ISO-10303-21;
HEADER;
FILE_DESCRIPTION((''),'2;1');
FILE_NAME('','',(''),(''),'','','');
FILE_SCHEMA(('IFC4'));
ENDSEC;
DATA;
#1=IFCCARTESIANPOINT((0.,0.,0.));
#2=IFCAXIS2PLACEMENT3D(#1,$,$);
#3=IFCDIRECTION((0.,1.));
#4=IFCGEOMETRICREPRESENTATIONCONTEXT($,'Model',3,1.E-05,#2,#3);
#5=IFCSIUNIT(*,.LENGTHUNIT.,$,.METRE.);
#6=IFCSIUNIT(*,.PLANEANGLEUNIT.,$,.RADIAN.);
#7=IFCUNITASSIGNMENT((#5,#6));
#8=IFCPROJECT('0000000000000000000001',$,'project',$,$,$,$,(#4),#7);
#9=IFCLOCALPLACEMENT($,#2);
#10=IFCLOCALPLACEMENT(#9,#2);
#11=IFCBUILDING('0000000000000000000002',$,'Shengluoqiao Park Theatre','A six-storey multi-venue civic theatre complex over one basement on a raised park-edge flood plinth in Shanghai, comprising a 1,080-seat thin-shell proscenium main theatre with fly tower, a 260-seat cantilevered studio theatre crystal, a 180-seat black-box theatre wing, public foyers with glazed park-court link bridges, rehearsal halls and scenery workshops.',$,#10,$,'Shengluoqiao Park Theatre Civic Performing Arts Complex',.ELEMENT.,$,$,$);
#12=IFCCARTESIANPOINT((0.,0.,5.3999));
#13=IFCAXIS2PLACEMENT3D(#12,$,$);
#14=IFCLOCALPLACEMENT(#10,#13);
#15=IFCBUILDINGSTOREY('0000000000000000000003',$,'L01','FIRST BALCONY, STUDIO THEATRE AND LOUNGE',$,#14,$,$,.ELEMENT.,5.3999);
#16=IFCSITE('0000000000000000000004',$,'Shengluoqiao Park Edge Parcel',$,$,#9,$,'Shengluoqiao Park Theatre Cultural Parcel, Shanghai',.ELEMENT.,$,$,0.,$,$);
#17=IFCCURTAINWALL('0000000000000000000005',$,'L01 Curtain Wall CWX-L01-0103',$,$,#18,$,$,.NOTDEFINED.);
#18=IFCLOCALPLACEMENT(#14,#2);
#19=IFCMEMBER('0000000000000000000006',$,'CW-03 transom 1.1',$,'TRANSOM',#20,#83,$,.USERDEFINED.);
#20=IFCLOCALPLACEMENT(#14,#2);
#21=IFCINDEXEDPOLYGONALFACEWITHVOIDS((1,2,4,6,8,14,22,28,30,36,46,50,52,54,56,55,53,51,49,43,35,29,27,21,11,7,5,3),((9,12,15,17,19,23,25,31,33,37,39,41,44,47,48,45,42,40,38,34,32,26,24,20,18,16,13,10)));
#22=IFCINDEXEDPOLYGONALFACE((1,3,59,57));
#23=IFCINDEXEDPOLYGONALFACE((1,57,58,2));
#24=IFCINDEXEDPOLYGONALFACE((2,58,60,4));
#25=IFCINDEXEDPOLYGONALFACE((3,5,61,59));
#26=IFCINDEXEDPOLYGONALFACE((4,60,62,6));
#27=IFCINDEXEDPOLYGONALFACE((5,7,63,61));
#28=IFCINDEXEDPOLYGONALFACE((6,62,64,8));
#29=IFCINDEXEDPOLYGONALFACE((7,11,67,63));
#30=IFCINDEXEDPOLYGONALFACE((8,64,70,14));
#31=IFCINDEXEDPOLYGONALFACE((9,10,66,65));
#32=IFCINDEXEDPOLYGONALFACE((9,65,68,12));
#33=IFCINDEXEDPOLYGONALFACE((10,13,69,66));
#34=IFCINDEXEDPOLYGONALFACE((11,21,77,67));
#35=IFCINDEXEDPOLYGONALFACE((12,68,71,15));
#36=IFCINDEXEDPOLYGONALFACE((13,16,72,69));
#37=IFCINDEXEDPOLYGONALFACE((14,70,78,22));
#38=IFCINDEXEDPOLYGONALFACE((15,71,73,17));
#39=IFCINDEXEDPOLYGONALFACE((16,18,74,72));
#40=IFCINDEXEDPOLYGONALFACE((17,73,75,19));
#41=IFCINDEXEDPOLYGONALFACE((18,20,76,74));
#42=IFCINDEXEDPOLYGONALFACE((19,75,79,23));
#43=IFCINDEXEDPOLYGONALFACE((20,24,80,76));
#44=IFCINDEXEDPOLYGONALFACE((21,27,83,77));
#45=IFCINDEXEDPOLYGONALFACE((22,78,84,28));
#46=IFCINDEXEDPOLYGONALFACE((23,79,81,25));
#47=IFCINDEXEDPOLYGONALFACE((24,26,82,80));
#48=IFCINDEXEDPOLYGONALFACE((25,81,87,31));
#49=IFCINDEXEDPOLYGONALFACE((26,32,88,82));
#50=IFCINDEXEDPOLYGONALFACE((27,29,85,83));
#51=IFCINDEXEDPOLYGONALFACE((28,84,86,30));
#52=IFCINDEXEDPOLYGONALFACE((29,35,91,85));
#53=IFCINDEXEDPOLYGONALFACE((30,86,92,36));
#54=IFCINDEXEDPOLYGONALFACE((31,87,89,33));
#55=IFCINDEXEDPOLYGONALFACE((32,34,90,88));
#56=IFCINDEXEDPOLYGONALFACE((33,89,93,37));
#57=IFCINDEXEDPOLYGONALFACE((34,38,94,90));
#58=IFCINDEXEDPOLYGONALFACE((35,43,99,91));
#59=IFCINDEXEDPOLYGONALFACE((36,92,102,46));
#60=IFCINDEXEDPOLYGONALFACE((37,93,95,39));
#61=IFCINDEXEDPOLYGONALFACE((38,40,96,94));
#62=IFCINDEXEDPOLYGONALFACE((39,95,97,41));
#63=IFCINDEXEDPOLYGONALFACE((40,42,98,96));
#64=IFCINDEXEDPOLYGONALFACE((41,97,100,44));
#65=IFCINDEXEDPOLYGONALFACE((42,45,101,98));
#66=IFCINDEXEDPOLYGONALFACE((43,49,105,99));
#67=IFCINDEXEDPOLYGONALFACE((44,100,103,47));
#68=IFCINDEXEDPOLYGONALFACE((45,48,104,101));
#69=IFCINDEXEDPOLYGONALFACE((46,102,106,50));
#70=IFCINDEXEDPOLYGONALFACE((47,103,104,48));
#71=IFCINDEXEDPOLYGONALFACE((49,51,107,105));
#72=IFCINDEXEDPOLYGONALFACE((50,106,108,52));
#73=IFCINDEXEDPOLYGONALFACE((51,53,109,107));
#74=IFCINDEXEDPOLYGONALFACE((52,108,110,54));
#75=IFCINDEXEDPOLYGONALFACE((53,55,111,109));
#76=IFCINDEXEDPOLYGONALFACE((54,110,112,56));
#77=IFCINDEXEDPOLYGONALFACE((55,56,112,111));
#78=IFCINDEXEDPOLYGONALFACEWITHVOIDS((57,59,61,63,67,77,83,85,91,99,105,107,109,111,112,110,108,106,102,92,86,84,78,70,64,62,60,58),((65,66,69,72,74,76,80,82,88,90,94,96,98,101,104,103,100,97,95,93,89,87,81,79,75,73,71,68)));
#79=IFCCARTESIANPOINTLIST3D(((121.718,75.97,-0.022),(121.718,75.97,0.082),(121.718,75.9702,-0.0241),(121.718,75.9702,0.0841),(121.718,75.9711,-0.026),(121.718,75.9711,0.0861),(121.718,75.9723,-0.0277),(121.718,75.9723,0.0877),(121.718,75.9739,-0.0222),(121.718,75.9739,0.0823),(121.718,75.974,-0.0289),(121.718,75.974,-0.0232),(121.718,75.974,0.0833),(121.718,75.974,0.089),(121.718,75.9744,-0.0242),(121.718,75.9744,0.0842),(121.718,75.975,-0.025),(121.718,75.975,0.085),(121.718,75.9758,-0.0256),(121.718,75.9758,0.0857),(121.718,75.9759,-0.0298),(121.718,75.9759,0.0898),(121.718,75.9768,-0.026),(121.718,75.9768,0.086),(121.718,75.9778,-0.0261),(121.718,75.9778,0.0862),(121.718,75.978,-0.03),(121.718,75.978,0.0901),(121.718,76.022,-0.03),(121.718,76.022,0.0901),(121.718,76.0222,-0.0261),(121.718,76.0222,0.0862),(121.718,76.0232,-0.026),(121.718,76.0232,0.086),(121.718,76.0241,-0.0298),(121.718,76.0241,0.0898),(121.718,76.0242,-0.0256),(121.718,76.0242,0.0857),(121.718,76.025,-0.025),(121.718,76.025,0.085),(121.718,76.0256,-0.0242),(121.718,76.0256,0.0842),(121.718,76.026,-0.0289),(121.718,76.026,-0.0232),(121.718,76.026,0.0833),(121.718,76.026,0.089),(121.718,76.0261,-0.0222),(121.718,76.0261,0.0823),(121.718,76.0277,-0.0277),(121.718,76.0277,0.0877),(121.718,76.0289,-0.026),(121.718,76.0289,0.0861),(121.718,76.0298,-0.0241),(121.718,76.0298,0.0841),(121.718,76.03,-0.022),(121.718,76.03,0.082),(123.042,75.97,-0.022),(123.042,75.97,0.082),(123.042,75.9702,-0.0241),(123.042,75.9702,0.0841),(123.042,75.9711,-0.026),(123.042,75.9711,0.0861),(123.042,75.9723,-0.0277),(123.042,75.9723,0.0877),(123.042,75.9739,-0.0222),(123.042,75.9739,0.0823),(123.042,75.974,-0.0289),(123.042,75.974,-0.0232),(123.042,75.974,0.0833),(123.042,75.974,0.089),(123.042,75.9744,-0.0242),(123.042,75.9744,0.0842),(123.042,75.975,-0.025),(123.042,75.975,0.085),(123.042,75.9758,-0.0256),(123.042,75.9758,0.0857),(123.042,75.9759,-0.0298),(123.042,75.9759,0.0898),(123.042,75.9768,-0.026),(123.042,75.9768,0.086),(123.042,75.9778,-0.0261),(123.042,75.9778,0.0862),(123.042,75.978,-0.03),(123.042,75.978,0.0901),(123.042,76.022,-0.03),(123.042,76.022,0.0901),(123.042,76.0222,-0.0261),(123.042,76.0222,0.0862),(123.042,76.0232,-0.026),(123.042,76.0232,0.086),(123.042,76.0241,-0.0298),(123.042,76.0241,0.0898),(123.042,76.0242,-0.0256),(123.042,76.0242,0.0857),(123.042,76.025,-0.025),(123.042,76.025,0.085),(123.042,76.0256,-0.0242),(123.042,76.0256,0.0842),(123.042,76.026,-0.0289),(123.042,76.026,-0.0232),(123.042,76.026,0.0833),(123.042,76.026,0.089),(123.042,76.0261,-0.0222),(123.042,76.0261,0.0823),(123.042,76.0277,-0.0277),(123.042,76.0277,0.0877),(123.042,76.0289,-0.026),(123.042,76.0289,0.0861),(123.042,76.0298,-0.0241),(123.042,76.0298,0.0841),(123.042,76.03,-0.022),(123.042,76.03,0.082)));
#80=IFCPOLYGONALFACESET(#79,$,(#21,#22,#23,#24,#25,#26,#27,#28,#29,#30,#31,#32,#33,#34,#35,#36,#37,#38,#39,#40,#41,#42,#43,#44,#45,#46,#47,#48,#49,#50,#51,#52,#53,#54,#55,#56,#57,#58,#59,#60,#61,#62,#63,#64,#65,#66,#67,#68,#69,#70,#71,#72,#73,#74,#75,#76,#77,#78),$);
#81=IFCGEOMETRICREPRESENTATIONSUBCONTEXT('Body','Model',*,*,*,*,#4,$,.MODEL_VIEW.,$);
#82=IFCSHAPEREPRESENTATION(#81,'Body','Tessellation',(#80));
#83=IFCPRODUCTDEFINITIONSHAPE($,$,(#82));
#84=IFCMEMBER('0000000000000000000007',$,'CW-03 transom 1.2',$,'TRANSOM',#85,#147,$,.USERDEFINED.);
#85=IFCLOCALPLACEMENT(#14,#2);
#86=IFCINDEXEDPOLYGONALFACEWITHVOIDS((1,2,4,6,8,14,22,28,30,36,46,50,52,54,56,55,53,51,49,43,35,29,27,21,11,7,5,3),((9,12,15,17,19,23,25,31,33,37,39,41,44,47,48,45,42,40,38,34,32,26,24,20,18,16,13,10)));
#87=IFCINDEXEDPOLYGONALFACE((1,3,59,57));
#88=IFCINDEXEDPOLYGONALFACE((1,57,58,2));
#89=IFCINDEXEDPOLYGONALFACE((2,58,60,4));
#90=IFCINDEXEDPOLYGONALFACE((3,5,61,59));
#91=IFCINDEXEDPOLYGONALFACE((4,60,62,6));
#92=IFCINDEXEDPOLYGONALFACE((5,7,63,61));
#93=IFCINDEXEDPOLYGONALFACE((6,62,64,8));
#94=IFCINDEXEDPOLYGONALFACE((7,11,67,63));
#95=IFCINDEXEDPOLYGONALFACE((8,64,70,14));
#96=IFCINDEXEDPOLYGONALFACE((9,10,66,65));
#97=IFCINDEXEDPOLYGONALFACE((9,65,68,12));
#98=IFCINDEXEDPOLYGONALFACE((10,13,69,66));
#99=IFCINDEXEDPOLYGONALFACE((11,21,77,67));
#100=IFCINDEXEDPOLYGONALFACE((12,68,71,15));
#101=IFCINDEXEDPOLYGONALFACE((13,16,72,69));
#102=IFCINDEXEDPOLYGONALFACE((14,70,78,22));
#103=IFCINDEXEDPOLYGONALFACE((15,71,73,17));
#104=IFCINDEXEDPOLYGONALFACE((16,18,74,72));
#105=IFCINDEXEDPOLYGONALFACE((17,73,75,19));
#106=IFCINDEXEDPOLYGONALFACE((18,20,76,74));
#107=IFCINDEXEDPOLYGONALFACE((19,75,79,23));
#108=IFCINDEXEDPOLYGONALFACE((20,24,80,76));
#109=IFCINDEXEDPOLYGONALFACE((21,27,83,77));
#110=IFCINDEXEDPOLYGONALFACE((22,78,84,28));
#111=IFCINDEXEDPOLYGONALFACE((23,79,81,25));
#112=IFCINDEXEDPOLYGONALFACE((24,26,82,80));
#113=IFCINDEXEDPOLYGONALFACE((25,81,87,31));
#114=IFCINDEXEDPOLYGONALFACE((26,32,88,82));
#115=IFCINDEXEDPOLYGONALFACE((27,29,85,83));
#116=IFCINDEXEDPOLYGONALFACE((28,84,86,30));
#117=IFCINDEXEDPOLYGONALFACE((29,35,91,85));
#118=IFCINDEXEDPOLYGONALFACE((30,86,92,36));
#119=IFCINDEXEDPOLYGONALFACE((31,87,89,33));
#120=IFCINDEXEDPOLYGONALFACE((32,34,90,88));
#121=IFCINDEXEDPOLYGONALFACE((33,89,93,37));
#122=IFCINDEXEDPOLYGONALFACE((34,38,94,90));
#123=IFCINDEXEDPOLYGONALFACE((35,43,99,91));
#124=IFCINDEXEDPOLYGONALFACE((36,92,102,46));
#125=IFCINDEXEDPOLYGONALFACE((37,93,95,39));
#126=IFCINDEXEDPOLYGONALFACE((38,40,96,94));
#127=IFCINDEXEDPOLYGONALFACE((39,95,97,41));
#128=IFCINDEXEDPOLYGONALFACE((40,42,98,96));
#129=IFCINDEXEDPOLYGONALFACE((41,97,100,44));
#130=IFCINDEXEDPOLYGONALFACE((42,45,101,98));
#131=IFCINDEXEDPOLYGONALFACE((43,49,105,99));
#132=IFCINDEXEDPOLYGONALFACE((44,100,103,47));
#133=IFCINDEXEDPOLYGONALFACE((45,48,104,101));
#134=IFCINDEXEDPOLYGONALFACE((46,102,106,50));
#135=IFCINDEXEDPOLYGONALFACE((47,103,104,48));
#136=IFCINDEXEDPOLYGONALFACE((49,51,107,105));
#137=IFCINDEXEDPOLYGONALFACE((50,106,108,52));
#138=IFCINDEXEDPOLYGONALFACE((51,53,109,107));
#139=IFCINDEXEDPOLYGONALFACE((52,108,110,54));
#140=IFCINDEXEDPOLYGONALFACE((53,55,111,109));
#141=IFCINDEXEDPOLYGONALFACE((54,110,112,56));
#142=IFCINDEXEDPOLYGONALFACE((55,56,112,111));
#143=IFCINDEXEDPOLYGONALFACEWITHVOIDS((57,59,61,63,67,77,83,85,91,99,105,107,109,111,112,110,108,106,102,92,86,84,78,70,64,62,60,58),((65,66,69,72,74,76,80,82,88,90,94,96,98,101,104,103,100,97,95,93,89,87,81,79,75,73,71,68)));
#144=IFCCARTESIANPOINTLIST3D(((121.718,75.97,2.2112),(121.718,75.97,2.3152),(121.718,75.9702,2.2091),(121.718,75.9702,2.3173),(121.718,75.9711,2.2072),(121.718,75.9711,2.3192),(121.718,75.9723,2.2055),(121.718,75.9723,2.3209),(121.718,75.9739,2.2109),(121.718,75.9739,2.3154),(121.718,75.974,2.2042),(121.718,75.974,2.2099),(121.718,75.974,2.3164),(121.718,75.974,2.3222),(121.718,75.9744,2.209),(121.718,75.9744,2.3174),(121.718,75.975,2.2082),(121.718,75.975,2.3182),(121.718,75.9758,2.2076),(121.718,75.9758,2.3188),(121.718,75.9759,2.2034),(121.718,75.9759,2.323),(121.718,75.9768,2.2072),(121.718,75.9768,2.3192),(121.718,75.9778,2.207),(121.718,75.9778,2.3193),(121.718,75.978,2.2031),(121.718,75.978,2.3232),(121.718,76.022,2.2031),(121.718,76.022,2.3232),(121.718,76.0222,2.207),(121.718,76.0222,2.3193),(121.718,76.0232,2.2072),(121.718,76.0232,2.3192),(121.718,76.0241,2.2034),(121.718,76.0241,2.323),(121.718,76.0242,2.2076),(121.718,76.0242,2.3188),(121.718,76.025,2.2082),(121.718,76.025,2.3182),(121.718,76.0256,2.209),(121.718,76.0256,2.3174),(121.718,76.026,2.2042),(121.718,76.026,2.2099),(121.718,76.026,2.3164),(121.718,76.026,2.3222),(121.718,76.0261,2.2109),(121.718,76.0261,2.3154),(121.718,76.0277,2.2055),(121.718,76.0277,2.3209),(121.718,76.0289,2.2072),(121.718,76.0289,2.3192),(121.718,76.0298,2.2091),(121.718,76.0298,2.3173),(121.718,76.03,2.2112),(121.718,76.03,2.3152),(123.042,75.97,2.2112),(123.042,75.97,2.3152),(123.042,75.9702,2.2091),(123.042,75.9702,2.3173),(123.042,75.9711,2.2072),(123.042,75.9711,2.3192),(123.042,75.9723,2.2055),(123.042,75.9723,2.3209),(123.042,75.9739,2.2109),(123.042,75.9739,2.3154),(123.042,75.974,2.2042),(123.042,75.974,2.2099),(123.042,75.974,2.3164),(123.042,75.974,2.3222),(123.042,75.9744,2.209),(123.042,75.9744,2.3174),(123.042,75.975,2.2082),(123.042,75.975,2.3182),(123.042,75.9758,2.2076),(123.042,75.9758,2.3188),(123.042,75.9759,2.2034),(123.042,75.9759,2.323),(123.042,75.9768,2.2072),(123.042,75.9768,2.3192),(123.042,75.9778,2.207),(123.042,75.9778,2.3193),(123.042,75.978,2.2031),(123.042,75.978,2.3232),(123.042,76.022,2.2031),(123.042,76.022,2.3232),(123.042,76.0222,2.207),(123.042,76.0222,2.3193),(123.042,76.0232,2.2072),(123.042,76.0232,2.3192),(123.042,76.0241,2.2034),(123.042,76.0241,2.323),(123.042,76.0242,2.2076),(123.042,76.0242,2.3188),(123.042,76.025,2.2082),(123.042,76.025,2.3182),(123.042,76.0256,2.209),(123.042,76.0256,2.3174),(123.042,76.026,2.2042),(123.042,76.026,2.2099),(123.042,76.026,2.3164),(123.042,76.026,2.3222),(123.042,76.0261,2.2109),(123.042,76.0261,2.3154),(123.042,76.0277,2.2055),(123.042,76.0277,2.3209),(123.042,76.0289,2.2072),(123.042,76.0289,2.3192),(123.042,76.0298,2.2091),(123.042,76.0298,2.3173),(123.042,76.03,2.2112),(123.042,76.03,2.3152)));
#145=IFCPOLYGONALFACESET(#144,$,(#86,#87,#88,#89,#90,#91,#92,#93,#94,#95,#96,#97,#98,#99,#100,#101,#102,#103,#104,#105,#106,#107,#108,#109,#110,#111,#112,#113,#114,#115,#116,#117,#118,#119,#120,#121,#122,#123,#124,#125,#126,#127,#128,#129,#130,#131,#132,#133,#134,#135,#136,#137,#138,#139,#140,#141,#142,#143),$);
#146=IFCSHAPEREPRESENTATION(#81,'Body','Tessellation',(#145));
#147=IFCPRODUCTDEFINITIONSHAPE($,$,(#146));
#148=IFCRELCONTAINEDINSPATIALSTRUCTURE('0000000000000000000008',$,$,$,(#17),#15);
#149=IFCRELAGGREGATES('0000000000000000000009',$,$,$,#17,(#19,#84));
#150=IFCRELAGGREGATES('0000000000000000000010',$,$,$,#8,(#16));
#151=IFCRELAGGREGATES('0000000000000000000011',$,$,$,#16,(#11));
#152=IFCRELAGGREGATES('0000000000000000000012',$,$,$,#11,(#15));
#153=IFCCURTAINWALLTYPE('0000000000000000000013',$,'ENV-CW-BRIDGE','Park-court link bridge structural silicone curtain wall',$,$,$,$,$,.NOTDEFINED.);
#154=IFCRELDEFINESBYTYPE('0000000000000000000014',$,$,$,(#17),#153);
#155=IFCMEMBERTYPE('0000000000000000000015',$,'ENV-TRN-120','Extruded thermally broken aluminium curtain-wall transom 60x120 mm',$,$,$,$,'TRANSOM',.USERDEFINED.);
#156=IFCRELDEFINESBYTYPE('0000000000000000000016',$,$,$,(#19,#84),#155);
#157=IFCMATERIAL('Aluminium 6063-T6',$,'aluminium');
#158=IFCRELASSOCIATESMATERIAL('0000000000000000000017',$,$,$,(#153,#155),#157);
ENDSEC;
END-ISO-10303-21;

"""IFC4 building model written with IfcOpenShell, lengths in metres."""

from ifc_helpers import new_model, si_unit, direction, frame, origin, origin_2d, place, context, subcontext, project, spatial, hollow_rectangle, extrude, material, material_profile, profile_set, type_object, element, aggregate, save


model = new_model("IFC4")

# Units and contexts
model_context = context("Model", 3, precision=1e-05, world=origin(), true_north=direction((0.0, 1.0)))
body_context = subcontext(model_context, "Body", "Model", "MODEL_VIEW")
ifc_project = project(units=[si_unit("LENGTHUNIT", "METRE"), si_unit("PLANEANGLEUNIT", "RADIAN")], contexts=[model_context])

# Site, building, storey
site_placement = place(None, origin())
site = spatial("IfcSite", under=ifc_project, at=site_placement, Name="Shengluoqiao Park Edge Parcel", LongName="Shengluoqiao Park Theatre Cultural Parcel, Shanghai", CompositionType="ELEMENT", RefElevation=0.0)
building_placement = place(site_placement, origin())
building = spatial("IfcBuilding", under=site, at=building_placement, Name="Shengluoqiao Park Theatre", Description="A six-storey multi-venue civic theatre complex over one basement on a raised park-edge flood plinth in Shanghai, comprising a 1,080-seat thin-shell proscenium main theatre with fly tower, a 260-seat cantilevered studio theatre crystal, a 180-seat black-box theatre wing, public foyers with glazed park-court link bridges, rehearsal halls and scenery workshops.", LongName="Shengluoqiao Park Theatre Civic Performing Arts Complex", CompositionType="ELEMENT")
storey_placement = place(building_placement, frame((0.0, 0.0, 5.3999)))
storey = spatial("IfcBuildingStorey", under=building, at=storey_placement, Name="L01", Description="FIRST BALCONY, STUDIO THEATRE AND LOUNGE", CompositionType="ELEMENT", Elevation=5.3999)

# Curtain wall
ifc_material_1 = material(Name="Aluminium 6063-T6", Category="aluminium")
curtain_wall_type = type_object("IfcCurtainWallType", Name="ENV-CW-BRIDGE", Description="Park-court link bridge structural silicone curtain wall", PredefinedType="NOTDEFINED", material=ifc_material_1)
curtain_wall_1_placement = place(storey_placement, origin())
curtain_wall_1 = element("IfcCurtainWall", 1, at=curtain_wall_1_placement, inside=storey, type_object=curtain_wall_type, Name="L01 Curtain Wall CWX-L01-0103", PredefinedType="NOTDEFINED")

# Members
ifc_material_profile_1 = material_profile(ifc_material_1, hollow_rectangle(XDim=0.0601, YDim=0.1201, WallThickness=0.0039, InnerFilletRadius=0.0039, OuterFilletRadius=0.0081, at=origin_2d()), Name="ALU TRANSOM 120x60x4")
ifc_profile_set_1 = profile_set([ifc_material_profile_1], Name="Aluminium 6063-T6")
member_type_1 = type_object("IfcMemberType", Name="ENV-TRN-120", Description="Extruded thermally broken aluminium curtain-wall transom 60x120 mm", ElementType="TRANSOM", PredefinedType="USERDEFINED", material=ifc_profile_set_1)
member_1_placement = place(storey_placement, frame((121.718, 76.0, 0.03), z_axis=(1.0, 0.0, 0.0), x_axis=(0.0, 1.0, 0.0)))
member_1 = element("IfcMember", 2, at=member_1_placement, type_object=member_type_1, Name="CW-03 transom 1.1", ObjectType="TRANSOM", PredefinedType="USERDEFINED", context=body_context, shape_type="SweptSolid", body=[
    extrude(hollow_rectangle(XDim=0.0601, YDim=0.1201, WallThickness=0.0039, InnerFilletRadius=0.0039, OuterFilletRadius=0.0081, at=origin_2d()), origin(), (0.0, 0.0, 1.0), 1.324),
])
member_2_placement = place(storey_placement, frame((121.718, 76.0, 2.2632), z_axis=(1.0, 0.0, 0.0), x_axis=(0.0, 1.0, 0.0)))
member_2 = element("IfcMember", 3, at=member_2_placement, type_object=member_type_1, Name="CW-03 transom 1.2", ObjectType="TRANSOM", PredefinedType="USERDEFINED", context=body_context, shape_type="SweptSolid", body=[
    extrude(hollow_rectangle(XDim=0.0601, YDim=0.1201, WallThickness=0.0039, InnerFilletRadius=0.0039, OuterFilletRadius=0.0081, at=origin_2d()), origin(), (0.0, 0.0, 1.0), 1.324),
])

aggregate(curtain_wall_1, [member_1, member_2])

save(model, "model.ifc")
